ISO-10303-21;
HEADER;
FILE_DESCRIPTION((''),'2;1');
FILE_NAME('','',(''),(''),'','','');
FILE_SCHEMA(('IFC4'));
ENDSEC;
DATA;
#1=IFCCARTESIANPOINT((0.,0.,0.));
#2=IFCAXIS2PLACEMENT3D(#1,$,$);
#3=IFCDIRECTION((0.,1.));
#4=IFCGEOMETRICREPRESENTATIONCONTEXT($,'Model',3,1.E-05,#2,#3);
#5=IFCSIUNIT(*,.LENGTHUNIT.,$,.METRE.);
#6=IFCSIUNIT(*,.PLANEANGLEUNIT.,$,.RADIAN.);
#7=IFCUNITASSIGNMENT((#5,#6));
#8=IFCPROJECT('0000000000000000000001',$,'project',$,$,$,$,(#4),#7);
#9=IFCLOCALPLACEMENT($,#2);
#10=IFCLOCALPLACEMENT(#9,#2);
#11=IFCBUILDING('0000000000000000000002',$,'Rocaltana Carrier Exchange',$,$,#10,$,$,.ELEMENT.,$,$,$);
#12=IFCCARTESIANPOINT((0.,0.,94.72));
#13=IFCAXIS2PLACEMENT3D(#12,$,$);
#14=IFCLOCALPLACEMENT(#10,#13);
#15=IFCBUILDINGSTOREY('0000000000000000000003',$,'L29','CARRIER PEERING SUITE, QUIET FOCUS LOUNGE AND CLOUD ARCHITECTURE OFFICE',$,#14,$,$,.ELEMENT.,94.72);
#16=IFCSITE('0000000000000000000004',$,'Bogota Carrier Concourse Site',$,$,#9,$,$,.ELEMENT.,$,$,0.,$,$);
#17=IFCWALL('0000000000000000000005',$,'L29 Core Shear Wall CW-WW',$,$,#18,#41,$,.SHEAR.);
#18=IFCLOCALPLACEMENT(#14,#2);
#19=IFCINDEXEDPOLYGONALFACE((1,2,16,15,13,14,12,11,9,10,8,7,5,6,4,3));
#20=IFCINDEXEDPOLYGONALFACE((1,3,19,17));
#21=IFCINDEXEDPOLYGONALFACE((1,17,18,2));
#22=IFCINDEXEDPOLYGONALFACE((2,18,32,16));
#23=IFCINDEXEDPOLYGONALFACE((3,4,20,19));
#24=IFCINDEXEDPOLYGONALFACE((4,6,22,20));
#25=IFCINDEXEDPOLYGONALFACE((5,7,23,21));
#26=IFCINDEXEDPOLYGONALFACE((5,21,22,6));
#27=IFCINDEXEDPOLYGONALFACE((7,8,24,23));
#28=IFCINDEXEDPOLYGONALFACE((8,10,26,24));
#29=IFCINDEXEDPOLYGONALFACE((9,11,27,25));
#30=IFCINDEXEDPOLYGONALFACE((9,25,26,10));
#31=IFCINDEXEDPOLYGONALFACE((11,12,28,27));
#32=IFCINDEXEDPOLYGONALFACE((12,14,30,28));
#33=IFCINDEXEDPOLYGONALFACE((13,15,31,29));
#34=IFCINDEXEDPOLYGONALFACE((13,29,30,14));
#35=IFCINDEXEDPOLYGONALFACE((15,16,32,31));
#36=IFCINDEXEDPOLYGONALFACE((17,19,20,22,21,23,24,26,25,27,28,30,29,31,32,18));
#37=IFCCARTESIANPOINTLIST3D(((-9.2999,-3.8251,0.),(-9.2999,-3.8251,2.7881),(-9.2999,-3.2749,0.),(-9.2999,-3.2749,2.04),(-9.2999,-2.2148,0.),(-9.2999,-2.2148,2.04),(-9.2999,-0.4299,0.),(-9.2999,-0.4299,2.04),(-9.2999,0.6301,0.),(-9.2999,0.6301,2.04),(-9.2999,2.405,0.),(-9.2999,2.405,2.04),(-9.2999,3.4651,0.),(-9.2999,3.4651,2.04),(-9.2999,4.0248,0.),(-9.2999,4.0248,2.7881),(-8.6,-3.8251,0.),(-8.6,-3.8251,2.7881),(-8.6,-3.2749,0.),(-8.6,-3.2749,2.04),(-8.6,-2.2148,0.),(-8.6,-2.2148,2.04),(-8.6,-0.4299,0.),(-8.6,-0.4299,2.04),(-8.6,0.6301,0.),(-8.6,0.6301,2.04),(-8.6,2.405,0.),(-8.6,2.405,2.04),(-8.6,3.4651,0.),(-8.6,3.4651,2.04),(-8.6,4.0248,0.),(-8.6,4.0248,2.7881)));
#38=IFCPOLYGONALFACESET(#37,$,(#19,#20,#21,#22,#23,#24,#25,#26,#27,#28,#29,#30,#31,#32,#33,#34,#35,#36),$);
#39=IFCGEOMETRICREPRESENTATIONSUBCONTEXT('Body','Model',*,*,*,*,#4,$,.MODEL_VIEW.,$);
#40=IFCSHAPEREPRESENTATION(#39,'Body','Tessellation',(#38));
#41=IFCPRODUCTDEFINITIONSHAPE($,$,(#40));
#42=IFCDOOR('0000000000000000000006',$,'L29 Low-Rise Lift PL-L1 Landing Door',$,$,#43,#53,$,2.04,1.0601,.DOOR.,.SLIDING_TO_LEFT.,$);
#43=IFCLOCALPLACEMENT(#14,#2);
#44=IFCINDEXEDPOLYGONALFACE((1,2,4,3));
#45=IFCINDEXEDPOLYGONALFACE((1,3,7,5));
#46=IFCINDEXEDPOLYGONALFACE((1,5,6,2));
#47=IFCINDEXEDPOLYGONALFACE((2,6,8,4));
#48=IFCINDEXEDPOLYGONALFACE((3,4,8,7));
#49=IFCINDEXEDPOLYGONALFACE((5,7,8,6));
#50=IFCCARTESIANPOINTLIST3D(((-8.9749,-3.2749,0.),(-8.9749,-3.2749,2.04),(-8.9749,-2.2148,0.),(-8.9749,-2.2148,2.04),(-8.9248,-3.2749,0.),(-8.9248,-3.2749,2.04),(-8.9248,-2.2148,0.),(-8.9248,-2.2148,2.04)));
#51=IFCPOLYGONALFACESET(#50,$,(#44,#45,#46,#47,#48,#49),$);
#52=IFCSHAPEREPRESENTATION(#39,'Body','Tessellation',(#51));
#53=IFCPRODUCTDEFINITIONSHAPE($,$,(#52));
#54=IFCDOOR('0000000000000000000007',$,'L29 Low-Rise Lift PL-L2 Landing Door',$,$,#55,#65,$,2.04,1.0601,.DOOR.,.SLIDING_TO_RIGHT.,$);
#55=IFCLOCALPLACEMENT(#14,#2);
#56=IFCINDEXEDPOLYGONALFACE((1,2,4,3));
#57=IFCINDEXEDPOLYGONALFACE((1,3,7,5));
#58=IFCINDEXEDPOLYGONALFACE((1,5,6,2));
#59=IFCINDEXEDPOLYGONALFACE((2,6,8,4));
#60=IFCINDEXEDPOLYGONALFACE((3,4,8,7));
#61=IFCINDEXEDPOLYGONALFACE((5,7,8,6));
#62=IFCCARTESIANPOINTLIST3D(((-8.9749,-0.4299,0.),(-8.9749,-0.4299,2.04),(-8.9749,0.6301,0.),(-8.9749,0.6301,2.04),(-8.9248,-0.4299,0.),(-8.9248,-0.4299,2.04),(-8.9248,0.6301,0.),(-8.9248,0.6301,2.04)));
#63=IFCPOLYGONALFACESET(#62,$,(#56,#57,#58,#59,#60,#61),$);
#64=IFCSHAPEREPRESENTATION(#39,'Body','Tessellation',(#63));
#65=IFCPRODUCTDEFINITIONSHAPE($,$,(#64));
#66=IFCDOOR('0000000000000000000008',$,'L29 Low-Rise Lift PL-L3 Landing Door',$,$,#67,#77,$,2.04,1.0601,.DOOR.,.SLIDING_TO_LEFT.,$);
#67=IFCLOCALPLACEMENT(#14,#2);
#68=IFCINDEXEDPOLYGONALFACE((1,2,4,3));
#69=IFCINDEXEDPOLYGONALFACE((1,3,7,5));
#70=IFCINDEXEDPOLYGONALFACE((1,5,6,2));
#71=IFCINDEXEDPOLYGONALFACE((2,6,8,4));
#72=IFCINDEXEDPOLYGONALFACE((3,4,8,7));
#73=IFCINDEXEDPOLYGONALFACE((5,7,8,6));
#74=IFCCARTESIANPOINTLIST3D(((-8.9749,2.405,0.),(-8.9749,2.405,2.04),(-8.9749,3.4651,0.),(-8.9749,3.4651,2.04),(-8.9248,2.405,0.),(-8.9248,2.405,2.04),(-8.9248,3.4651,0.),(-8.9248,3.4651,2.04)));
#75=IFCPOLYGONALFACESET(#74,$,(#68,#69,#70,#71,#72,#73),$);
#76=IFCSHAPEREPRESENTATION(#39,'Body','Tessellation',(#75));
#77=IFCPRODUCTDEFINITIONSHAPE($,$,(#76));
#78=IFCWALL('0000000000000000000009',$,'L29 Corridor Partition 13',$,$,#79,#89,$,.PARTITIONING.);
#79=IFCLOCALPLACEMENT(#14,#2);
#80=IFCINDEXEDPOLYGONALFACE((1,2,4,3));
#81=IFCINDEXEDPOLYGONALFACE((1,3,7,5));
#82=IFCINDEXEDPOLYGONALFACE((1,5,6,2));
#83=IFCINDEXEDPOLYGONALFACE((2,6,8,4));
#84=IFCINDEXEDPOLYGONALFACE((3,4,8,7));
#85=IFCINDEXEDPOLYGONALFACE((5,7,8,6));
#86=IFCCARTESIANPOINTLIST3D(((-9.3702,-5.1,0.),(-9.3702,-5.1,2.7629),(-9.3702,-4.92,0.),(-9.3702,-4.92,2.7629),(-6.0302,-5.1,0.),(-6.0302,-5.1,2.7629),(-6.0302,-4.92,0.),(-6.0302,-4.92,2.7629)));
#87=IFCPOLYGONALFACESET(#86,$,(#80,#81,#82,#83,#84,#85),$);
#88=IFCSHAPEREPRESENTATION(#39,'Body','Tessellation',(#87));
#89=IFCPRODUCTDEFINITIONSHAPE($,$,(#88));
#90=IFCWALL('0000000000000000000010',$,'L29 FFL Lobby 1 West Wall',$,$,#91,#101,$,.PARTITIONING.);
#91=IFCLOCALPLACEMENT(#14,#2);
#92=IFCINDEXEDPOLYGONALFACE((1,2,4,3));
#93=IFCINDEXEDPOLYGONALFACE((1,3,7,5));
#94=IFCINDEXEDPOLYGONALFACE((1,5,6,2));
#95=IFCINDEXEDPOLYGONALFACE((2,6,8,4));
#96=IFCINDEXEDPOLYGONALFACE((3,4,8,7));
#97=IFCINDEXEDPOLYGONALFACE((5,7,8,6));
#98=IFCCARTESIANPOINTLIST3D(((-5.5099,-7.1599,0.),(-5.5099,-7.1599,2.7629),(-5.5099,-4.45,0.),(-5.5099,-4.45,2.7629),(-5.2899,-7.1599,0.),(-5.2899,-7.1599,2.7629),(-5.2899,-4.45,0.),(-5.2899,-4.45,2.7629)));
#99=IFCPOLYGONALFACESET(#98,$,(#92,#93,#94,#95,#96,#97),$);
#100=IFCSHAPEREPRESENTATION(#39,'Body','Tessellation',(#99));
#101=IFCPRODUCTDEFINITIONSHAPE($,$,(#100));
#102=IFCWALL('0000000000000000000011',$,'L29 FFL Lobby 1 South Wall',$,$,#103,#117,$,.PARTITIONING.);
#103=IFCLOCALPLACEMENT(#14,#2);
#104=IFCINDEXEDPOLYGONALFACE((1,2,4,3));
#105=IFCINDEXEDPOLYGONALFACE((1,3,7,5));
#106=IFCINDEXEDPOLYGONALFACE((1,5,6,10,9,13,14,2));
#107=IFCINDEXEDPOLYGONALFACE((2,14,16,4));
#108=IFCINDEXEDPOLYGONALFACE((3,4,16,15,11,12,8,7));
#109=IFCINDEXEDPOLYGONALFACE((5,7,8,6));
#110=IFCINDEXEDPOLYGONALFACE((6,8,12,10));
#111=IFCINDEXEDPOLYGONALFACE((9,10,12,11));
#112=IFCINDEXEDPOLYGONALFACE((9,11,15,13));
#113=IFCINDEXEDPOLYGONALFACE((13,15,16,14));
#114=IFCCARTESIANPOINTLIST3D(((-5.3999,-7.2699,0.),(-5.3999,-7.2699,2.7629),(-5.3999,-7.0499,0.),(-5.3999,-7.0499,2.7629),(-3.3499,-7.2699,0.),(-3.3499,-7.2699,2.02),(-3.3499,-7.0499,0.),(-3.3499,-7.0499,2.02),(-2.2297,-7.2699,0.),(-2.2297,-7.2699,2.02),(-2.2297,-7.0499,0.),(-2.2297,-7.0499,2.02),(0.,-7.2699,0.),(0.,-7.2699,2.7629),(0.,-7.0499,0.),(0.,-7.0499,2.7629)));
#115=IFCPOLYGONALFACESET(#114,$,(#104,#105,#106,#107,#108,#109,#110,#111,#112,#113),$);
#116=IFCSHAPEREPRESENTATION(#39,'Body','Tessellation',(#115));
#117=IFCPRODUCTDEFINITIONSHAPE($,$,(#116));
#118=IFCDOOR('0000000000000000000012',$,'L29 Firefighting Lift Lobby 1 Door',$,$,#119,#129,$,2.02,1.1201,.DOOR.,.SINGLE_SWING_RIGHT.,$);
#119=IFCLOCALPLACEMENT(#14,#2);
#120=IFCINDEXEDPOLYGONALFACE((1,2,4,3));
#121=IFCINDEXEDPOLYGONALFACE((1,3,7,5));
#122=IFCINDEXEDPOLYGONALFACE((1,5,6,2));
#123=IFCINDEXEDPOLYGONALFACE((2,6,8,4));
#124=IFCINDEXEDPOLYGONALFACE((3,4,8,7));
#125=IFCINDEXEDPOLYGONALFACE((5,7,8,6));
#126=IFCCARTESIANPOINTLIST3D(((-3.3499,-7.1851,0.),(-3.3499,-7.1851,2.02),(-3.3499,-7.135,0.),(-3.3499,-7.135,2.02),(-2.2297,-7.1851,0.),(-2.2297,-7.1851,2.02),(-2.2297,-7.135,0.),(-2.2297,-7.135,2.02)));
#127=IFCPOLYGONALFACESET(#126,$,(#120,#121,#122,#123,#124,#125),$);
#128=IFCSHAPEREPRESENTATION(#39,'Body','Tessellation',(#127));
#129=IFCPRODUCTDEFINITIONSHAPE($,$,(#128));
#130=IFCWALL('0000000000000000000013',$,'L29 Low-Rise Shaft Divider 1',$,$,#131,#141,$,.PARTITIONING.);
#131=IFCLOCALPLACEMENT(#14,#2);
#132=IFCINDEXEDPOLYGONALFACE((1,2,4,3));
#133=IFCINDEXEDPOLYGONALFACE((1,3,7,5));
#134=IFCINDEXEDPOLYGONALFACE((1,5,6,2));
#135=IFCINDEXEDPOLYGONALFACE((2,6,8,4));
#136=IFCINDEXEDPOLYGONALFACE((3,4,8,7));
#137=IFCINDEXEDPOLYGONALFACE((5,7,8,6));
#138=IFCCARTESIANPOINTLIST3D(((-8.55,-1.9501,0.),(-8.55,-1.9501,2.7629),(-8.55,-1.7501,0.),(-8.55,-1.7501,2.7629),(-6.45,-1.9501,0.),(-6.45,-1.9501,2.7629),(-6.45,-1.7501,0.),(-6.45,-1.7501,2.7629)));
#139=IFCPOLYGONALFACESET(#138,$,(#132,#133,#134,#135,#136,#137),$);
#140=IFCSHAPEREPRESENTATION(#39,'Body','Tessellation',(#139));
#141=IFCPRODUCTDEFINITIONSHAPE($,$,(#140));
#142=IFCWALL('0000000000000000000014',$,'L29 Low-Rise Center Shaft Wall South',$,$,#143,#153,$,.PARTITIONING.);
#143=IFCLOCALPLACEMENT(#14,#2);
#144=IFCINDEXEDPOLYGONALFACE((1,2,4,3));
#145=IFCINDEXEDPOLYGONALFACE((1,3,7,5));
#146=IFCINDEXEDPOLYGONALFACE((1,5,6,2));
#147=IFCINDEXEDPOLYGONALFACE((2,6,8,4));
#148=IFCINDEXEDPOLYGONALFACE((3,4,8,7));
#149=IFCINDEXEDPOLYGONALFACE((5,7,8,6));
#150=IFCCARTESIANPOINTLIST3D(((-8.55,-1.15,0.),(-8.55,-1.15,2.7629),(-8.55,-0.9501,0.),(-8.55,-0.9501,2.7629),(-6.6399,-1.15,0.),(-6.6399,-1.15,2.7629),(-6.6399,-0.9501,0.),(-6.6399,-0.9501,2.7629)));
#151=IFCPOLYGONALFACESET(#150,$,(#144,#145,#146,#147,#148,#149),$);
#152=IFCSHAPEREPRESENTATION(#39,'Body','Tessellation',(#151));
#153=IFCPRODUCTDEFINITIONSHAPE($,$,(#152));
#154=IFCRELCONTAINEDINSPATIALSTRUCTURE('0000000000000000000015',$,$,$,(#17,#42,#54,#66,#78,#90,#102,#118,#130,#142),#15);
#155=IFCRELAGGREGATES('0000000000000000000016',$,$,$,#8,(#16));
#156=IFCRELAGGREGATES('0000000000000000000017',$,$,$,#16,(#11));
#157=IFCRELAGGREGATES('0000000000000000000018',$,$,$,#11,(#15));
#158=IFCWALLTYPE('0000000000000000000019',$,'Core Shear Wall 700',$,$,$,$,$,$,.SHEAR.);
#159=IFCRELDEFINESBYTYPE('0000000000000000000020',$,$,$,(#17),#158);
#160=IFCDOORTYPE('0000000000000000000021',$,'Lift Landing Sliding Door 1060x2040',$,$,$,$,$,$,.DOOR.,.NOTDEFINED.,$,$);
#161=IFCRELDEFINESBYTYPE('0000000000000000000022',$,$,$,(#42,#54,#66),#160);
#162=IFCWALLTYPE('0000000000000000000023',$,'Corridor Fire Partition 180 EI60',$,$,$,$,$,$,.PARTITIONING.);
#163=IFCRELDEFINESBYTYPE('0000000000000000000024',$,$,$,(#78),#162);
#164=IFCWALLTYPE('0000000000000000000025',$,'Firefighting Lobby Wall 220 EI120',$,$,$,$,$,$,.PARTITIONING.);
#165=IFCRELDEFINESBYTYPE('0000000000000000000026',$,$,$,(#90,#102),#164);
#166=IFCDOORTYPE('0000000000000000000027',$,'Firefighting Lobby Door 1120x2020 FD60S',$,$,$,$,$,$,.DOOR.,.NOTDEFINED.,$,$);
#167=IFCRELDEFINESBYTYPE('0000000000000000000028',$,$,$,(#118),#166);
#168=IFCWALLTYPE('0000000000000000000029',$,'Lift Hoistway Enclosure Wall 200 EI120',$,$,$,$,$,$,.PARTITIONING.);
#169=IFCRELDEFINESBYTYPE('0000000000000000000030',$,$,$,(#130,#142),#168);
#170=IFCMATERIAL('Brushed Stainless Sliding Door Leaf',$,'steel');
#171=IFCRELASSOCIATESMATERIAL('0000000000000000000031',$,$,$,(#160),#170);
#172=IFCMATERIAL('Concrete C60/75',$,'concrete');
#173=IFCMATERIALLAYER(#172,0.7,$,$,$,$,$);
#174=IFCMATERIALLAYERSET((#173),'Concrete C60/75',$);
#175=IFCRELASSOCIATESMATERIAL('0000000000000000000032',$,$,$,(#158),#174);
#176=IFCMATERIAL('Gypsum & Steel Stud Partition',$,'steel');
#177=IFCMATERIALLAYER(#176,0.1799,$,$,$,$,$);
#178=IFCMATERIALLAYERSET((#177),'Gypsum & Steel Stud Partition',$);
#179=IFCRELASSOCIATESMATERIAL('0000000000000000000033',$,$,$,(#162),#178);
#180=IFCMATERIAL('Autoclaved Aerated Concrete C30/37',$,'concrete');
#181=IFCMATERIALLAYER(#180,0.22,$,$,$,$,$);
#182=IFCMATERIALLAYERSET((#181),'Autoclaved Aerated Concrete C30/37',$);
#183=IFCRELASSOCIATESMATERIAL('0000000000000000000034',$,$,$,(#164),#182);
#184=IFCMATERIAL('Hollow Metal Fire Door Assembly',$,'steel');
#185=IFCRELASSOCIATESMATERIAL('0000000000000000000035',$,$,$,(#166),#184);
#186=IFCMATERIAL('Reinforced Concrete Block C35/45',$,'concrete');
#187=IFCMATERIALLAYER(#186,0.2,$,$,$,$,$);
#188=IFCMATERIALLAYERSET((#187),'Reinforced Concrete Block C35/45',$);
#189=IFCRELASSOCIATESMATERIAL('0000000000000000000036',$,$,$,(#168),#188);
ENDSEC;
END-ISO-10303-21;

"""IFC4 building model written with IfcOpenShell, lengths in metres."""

from ifc_helpers import new_model, si_unit, direction, frame, frame_2d, origin, place, context, subcontext, project, spatial, rectangle, extrude, material, layer, layer_set, type_object, element, fill, save


model = new_model("IFC4")

# Units and contexts
model_context = context("Model", 3, precision=1e-05, world=origin(), true_north=direction((0.0, 1.0)))
body_context = subcontext(model_context, "Body", "Model", "MODEL_VIEW")
ifc_project = project(units=[si_unit("LENGTHUNIT", "METRE"), si_unit("PLANEANGLEUNIT", "RADIAN")], contexts=[model_context])

# Site, building, storey
site_placement = place(None, origin())
site = spatial("IfcSite", under=ifc_project, at=site_placement, Name="Bogota Carrier Concourse Site", CompositionType="ELEMENT", RefElevation=0.0)
building_placement = place(site_placement, origin())
building = spatial("IfcBuilding", under=site, at=building_placement, Name="Rocaltana Carrier Exchange", CompositionType="ELEMENT")
storey_placement = place(building_placement, frame((0.0, 0.0, 94.72)))
storey = spatial("IfcBuildingStorey", under=building, at=storey_placement, Name="L29", Description="CARRIER PEERING SUITE, QUIET FOCUS LOUNGE AND CLOUD ARCHITECTURE OFFICE", CompositionType="ELEMENT", Elevation=94.72)

# Shared definitions
ifc_material_1 = material(Name="Brushed Stainless Sliding Door Leaf", Category="steel")
door_type_1 = type_object("IfcDoorType", Name="Lift Landing Sliding Door 1060x2040", OperationType="NOTDEFINED", PredefinedType="DOOR", material=ifc_material_1)

# Shared definitions
ifc_material_2 = material(Name="Concrete C60/75", Category="concrete")
ifc_layer_1 = layer(ifc_material_2, 0.7)
ifc_layer_set_1 = layer_set([ifc_layer_1], Name="Concrete C60/75")
wall_type_1 = type_object("IfcWallType", Name="Core Shear Wall 700", PredefinedType="SHEAR", material=ifc_layer_set_1)

# Wall, openings, doors
wall_1_placement = place(storey_placement, frame((-8.95, -3.825, 0.0), z_axis=(0.0, 0.0, 1.0), x_axis=(0.0, 1.0, 0.0)))
wall_1 = element("IfcWall", 1, at=wall_1_placement, inside=storey, type_object=wall_type_1, Name="L29 Core Shear Wall CW-WW", PredefinedType="SHEAR", context=body_context, shape_type="SweptSolid", body=[
    extrude(rectangle(XDim=7.8499, YDim=0.7, at=frame_2d((3.9248, 0.0))), origin(), (0.0, 0.0, 1.0), 2.7881),
])
opening_1_placement = place(wall_1_placement, frame((0.55, 0.0, 0.0)))
opening_1 = element("IfcOpeningElement", 2, at=opening_1_placement, cuts=wall_1, PredefinedType="OPENING", context=body_context, shape_type="SweptSolid", body=[
    extrude(rectangle(XDim=1.0601, YDim=2.04, at=frame_2d((0.53, 1.02))), frame((0.0, 0.3599, 0.0), z_axis=(0.0, -1.0, 0.0), x_axis=(1.0, 0.0, 0.0)), (0.0, 0.0, 1.0), 0.72),
])
opening_2_placement = place(wall_1_placement, frame((3.395, 0.0, 0.0)))
opening_2 = element("IfcOpeningElement", 3, at=opening_2_placement, cuts=wall_1, PredefinedType="OPENING", context=body_context, shape_type="SweptSolid", body=[
    extrude(rectangle(XDim=1.0601, YDim=2.04, at=frame_2d((0.53, 1.02))), frame((0.0, 0.3599, 0.0), z_axis=(0.0, -1.0, 0.0), x_axis=(1.0, 0.0, 0.0)), (0.0, 0.0, 1.0), 0.72),
])
opening_3_placement = place(wall_1_placement, frame((6.23, 0.0, 0.0)))
opening_3 = element("IfcOpeningElement", 4, at=opening_3_placement, cuts=wall_1, PredefinedType="OPENING", context=body_context, shape_type="SweptSolid", body=[
    extrude(rectangle(XDim=1.0601, YDim=2.04, at=frame_2d((0.53, 1.02))), frame((0.0, 0.3599, 0.0), z_axis=(0.0, -1.0, 0.0), x_axis=(1.0, 0.0, 0.0)), (0.0, 0.0, 1.0), 0.72),
])
door_1_placement = place(opening_1_placement, origin())
door_1 = element("IfcDoor", 5, at=door_1_placement, inside=storey, type_object=door_type_1, Name="L29 Low-Rise Lift PL-L1 Landing Door", OperationType="SLIDING_TO_LEFT", OverallHeight=2.04, OverallWidth=1.0601, PredefinedType="DOOR", context=body_context, shape_type="SweptSolid", body=[
    extrude(rectangle(XDim=1.0601, YDim=2.04, at=frame_2d((0.53, 1.02))), frame((0.0, 0.0249, 0.0), z_axis=(0.0, -1.0, 0.0), x_axis=(1.0, 0.0, 0.0)), (0.0, 0.0, 1.0), 0.05),
])
fill(opening_1, door_1)
door_2_placement = place(opening_2_placement, origin())
door_2 = element("IfcDoor", 6, at=door_2_placement, inside=storey, type_object=door_type_1, Name="L29 Low-Rise Lift PL-L2 Landing Door", OperationType="SLIDING_TO_RIGHT", OverallHeight=2.04, OverallWidth=1.0601, PredefinedType="DOOR", context=body_context, shape_type="SweptSolid", body=[
    extrude(rectangle(XDim=1.0601, YDim=2.04, at=frame_2d((0.53, 1.02))), frame((0.0, 0.0249, 0.0), z_axis=(0.0, -1.0, 0.0), x_axis=(1.0, 0.0, 0.0)), (0.0, 0.0, 1.0), 0.05),
])
fill(opening_2, door_2)
door_3_placement = place(opening_3_placement, origin())
door_3 = element("IfcDoor", 7, at=door_3_placement, inside=storey, type_object=door_type_1, Name="L29 Low-Rise Lift PL-L3 Landing Door", OperationType="SLIDING_TO_LEFT", OverallHeight=2.04, OverallWidth=1.0601, PredefinedType="DOOR", context=body_context, shape_type="SweptSolid", body=[
    extrude(rectangle(XDim=1.0601, YDim=2.04, at=frame_2d((0.53, 1.02))), frame((0.0, 0.0249, 0.0), z_axis=(0.0, -1.0, 0.0), x_axis=(1.0, 0.0, 0.0)), (0.0, 0.0, 1.0), 0.05),
])
fill(opening_3, door_3)

# Walls
ifc_material_3 = material(Name="Gypsum & Steel Stud Partition", Category="steel")
ifc_layer_2 = layer(ifc_material_3, 0.1799)
ifc_layer_set_2 = layer_set([ifc_layer_2], Name="Gypsum & Steel Stud Partition")
wall_type_2 = type_object("IfcWallType", Name="Corridor Fire Partition 180 EI60", PredefinedType="PARTITIONING", material=ifc_layer_set_2)
wall_2_placement = place(storey_placement, frame((-9.3701, -5.01, 0.0), z_axis=(0.0, 0.0, 1.0), x_axis=(1.0, 0.0, 0.0)))
element("IfcWall", 8, at=wall_2_placement, inside=storey, type_object=wall_type_2, Name="L29 Corridor Partition 13", PredefinedType="PARTITIONING", context=body_context, shape_type="SweptSolid", body=[
    extrude(rectangle(XDim=3.3401, YDim=0.1799, at=frame_2d((1.6699, 0.0))), origin(), (0.0, 0.0, 1.0), 2.7629),
])
ifc_material_4 = material(Name="Autoclaved Aerated Concrete C30/37", Category="concrete")
ifc_layer_3 = layer(ifc_material_4, 0.22)
ifc_layer_set_3 = layer_set([ifc_layer_3], Name="Autoclaved Aerated Concrete C30/37")
wall_type_3 = type_object("IfcWallType", Name="Firefighting Lobby Wall 220 EI120", PredefinedType="PARTITIONING", material=ifc_layer_set_3)
wall_3_placement = place(storey_placement, frame((-5.3999, -7.1599, 0.0), z_axis=(0.0, 0.0, 1.0), x_axis=(0.0, 1.0, 0.0)))
element("IfcWall", 9, at=wall_3_placement, inside=storey, type_object=wall_type_3, Name="L29 FFL Lobby 1 West Wall", PredefinedType="PARTITIONING", context=body_context, shape_type="SweptSolid", body=[
    extrude(rectangle(XDim=2.71, YDim=0.22, at=frame_2d((1.355, 0.0))), origin(), (0.0, 0.0, 1.0), 2.7629),
])

# Wall, opening, door
wall_4_placement = place(storey_placement, frame((-5.3999, -7.1599, 0.0), z_axis=(0.0, 0.0, 1.0), x_axis=(1.0, 0.0, 0.0)))
wall_4 = element("IfcWall", 10, at=wall_4_placement, inside=storey, type_object=wall_type_3, Name="L29 FFL Lobby 1 South Wall", PredefinedType="PARTITIONING", context=body_context, shape_type="SweptSolid", body=[
    extrude(rectangle(XDim=5.3999, YDim=0.22, at=frame_2d((2.7, 0.0))), origin(), (0.0, 0.0, 1.0), 2.7629),
])
opening_4_placement = place(wall_4_placement, frame((2.05, 0.0, 0.0)))
opening_4 = element("IfcOpeningElement", 11, at=opening_4_placement, cuts=wall_4, PredefinedType="OPENING", context=body_context, shape_type="SweptSolid", body=[
    extrude(rectangle(XDim=1.1201, YDim=2.02, at=frame_2d((0.5601, 1.01))), frame((0.0, 0.1199, 0.0), z_axis=(0.0, -1.0, 0.0), x_axis=(1.0, 0.0, 0.0)), (0.0, 0.0, 1.0), 0.24),
])
ifc_material_5 = material(Name="Hollow Metal Fire Door Assembly", Category="steel")
door_type_2 = type_object("IfcDoorType", Name="Firefighting Lobby Door 1120x2020 FD60S", OperationType="NOTDEFINED", PredefinedType="DOOR", material=ifc_material_5)
door_4_placement = place(opening_4_placement, origin())
door_4 = element("IfcDoor", 12, at=door_4_placement, inside=storey, type_object=door_type_2, Name="L29 Firefighting Lift Lobby 1 Door", OperationType="SINGLE_SWING_RIGHT", OverallHeight=2.02, OverallWidth=1.1201, PredefinedType="DOOR", context=body_context, shape_type="SweptSolid", body=[
    extrude(rectangle(XDim=1.1201, YDim=2.02, at=frame_2d((0.5601, 1.01))), frame((0.0, 0.0249, 0.0), z_axis=(0.0, -1.0, 0.0), x_axis=(1.0, 0.0, 0.0)), (0.0, 0.0, 1.0), 0.05),
])
fill(opening_4, door_4)

# Walls
ifc_material_6 = material(Name="Reinforced Concrete Block C35/45", Category="concrete")
ifc_layer_4 = layer(ifc_material_6, 0.2)
ifc_layer_set_4 = layer_set([ifc_layer_4], Name="Reinforced Concrete Block C35/45")
wall_type_4 = type_object("IfcWallType", Name="Lift Hoistway Enclosure Wall 200 EI120", PredefinedType="PARTITIONING", material=ifc_layer_set_4)
wall_5_placement = place(storey_placement, frame((-8.55, -1.8501, 0.0), z_axis=(0.0, 0.0, 1.0), x_axis=(1.0, 0.0, 0.0)))
element("IfcWall", 13, at=wall_5_placement, inside=storey, type_object=wall_type_4, Name="L29 Low-Rise Shaft Divider 1", PredefinedType="PARTITIONING", context=body_context, shape_type="SweptSolid", body=[
    extrude(rectangle(XDim=2.1001, YDim=0.2, at=frame_2d((1.05, 0.0))), origin(), (0.0, 0.0, 1.0), 2.7629),
])
wall_6_placement = place(storey_placement, frame((-8.55, -1.05, 0.0), z_axis=(0.0, 0.0, 1.0), x_axis=(1.0, 0.0, 0.0)))
element("IfcWall", 14, at=wall_6_placement, inside=storey, type_object=wall_type_4, Name="L29 Low-Rise Center Shaft Wall South", PredefinedType="PARTITIONING", context=body_context, shape_type="SweptSolid", body=[
    extrude(rectangle(XDim=1.9102, YDim=0.2, at=frame_2d((0.9551, 0.0))), origin(), (0.0, 0.0, 1.0), 2.7629),
])

save(model, "model.ifc")
